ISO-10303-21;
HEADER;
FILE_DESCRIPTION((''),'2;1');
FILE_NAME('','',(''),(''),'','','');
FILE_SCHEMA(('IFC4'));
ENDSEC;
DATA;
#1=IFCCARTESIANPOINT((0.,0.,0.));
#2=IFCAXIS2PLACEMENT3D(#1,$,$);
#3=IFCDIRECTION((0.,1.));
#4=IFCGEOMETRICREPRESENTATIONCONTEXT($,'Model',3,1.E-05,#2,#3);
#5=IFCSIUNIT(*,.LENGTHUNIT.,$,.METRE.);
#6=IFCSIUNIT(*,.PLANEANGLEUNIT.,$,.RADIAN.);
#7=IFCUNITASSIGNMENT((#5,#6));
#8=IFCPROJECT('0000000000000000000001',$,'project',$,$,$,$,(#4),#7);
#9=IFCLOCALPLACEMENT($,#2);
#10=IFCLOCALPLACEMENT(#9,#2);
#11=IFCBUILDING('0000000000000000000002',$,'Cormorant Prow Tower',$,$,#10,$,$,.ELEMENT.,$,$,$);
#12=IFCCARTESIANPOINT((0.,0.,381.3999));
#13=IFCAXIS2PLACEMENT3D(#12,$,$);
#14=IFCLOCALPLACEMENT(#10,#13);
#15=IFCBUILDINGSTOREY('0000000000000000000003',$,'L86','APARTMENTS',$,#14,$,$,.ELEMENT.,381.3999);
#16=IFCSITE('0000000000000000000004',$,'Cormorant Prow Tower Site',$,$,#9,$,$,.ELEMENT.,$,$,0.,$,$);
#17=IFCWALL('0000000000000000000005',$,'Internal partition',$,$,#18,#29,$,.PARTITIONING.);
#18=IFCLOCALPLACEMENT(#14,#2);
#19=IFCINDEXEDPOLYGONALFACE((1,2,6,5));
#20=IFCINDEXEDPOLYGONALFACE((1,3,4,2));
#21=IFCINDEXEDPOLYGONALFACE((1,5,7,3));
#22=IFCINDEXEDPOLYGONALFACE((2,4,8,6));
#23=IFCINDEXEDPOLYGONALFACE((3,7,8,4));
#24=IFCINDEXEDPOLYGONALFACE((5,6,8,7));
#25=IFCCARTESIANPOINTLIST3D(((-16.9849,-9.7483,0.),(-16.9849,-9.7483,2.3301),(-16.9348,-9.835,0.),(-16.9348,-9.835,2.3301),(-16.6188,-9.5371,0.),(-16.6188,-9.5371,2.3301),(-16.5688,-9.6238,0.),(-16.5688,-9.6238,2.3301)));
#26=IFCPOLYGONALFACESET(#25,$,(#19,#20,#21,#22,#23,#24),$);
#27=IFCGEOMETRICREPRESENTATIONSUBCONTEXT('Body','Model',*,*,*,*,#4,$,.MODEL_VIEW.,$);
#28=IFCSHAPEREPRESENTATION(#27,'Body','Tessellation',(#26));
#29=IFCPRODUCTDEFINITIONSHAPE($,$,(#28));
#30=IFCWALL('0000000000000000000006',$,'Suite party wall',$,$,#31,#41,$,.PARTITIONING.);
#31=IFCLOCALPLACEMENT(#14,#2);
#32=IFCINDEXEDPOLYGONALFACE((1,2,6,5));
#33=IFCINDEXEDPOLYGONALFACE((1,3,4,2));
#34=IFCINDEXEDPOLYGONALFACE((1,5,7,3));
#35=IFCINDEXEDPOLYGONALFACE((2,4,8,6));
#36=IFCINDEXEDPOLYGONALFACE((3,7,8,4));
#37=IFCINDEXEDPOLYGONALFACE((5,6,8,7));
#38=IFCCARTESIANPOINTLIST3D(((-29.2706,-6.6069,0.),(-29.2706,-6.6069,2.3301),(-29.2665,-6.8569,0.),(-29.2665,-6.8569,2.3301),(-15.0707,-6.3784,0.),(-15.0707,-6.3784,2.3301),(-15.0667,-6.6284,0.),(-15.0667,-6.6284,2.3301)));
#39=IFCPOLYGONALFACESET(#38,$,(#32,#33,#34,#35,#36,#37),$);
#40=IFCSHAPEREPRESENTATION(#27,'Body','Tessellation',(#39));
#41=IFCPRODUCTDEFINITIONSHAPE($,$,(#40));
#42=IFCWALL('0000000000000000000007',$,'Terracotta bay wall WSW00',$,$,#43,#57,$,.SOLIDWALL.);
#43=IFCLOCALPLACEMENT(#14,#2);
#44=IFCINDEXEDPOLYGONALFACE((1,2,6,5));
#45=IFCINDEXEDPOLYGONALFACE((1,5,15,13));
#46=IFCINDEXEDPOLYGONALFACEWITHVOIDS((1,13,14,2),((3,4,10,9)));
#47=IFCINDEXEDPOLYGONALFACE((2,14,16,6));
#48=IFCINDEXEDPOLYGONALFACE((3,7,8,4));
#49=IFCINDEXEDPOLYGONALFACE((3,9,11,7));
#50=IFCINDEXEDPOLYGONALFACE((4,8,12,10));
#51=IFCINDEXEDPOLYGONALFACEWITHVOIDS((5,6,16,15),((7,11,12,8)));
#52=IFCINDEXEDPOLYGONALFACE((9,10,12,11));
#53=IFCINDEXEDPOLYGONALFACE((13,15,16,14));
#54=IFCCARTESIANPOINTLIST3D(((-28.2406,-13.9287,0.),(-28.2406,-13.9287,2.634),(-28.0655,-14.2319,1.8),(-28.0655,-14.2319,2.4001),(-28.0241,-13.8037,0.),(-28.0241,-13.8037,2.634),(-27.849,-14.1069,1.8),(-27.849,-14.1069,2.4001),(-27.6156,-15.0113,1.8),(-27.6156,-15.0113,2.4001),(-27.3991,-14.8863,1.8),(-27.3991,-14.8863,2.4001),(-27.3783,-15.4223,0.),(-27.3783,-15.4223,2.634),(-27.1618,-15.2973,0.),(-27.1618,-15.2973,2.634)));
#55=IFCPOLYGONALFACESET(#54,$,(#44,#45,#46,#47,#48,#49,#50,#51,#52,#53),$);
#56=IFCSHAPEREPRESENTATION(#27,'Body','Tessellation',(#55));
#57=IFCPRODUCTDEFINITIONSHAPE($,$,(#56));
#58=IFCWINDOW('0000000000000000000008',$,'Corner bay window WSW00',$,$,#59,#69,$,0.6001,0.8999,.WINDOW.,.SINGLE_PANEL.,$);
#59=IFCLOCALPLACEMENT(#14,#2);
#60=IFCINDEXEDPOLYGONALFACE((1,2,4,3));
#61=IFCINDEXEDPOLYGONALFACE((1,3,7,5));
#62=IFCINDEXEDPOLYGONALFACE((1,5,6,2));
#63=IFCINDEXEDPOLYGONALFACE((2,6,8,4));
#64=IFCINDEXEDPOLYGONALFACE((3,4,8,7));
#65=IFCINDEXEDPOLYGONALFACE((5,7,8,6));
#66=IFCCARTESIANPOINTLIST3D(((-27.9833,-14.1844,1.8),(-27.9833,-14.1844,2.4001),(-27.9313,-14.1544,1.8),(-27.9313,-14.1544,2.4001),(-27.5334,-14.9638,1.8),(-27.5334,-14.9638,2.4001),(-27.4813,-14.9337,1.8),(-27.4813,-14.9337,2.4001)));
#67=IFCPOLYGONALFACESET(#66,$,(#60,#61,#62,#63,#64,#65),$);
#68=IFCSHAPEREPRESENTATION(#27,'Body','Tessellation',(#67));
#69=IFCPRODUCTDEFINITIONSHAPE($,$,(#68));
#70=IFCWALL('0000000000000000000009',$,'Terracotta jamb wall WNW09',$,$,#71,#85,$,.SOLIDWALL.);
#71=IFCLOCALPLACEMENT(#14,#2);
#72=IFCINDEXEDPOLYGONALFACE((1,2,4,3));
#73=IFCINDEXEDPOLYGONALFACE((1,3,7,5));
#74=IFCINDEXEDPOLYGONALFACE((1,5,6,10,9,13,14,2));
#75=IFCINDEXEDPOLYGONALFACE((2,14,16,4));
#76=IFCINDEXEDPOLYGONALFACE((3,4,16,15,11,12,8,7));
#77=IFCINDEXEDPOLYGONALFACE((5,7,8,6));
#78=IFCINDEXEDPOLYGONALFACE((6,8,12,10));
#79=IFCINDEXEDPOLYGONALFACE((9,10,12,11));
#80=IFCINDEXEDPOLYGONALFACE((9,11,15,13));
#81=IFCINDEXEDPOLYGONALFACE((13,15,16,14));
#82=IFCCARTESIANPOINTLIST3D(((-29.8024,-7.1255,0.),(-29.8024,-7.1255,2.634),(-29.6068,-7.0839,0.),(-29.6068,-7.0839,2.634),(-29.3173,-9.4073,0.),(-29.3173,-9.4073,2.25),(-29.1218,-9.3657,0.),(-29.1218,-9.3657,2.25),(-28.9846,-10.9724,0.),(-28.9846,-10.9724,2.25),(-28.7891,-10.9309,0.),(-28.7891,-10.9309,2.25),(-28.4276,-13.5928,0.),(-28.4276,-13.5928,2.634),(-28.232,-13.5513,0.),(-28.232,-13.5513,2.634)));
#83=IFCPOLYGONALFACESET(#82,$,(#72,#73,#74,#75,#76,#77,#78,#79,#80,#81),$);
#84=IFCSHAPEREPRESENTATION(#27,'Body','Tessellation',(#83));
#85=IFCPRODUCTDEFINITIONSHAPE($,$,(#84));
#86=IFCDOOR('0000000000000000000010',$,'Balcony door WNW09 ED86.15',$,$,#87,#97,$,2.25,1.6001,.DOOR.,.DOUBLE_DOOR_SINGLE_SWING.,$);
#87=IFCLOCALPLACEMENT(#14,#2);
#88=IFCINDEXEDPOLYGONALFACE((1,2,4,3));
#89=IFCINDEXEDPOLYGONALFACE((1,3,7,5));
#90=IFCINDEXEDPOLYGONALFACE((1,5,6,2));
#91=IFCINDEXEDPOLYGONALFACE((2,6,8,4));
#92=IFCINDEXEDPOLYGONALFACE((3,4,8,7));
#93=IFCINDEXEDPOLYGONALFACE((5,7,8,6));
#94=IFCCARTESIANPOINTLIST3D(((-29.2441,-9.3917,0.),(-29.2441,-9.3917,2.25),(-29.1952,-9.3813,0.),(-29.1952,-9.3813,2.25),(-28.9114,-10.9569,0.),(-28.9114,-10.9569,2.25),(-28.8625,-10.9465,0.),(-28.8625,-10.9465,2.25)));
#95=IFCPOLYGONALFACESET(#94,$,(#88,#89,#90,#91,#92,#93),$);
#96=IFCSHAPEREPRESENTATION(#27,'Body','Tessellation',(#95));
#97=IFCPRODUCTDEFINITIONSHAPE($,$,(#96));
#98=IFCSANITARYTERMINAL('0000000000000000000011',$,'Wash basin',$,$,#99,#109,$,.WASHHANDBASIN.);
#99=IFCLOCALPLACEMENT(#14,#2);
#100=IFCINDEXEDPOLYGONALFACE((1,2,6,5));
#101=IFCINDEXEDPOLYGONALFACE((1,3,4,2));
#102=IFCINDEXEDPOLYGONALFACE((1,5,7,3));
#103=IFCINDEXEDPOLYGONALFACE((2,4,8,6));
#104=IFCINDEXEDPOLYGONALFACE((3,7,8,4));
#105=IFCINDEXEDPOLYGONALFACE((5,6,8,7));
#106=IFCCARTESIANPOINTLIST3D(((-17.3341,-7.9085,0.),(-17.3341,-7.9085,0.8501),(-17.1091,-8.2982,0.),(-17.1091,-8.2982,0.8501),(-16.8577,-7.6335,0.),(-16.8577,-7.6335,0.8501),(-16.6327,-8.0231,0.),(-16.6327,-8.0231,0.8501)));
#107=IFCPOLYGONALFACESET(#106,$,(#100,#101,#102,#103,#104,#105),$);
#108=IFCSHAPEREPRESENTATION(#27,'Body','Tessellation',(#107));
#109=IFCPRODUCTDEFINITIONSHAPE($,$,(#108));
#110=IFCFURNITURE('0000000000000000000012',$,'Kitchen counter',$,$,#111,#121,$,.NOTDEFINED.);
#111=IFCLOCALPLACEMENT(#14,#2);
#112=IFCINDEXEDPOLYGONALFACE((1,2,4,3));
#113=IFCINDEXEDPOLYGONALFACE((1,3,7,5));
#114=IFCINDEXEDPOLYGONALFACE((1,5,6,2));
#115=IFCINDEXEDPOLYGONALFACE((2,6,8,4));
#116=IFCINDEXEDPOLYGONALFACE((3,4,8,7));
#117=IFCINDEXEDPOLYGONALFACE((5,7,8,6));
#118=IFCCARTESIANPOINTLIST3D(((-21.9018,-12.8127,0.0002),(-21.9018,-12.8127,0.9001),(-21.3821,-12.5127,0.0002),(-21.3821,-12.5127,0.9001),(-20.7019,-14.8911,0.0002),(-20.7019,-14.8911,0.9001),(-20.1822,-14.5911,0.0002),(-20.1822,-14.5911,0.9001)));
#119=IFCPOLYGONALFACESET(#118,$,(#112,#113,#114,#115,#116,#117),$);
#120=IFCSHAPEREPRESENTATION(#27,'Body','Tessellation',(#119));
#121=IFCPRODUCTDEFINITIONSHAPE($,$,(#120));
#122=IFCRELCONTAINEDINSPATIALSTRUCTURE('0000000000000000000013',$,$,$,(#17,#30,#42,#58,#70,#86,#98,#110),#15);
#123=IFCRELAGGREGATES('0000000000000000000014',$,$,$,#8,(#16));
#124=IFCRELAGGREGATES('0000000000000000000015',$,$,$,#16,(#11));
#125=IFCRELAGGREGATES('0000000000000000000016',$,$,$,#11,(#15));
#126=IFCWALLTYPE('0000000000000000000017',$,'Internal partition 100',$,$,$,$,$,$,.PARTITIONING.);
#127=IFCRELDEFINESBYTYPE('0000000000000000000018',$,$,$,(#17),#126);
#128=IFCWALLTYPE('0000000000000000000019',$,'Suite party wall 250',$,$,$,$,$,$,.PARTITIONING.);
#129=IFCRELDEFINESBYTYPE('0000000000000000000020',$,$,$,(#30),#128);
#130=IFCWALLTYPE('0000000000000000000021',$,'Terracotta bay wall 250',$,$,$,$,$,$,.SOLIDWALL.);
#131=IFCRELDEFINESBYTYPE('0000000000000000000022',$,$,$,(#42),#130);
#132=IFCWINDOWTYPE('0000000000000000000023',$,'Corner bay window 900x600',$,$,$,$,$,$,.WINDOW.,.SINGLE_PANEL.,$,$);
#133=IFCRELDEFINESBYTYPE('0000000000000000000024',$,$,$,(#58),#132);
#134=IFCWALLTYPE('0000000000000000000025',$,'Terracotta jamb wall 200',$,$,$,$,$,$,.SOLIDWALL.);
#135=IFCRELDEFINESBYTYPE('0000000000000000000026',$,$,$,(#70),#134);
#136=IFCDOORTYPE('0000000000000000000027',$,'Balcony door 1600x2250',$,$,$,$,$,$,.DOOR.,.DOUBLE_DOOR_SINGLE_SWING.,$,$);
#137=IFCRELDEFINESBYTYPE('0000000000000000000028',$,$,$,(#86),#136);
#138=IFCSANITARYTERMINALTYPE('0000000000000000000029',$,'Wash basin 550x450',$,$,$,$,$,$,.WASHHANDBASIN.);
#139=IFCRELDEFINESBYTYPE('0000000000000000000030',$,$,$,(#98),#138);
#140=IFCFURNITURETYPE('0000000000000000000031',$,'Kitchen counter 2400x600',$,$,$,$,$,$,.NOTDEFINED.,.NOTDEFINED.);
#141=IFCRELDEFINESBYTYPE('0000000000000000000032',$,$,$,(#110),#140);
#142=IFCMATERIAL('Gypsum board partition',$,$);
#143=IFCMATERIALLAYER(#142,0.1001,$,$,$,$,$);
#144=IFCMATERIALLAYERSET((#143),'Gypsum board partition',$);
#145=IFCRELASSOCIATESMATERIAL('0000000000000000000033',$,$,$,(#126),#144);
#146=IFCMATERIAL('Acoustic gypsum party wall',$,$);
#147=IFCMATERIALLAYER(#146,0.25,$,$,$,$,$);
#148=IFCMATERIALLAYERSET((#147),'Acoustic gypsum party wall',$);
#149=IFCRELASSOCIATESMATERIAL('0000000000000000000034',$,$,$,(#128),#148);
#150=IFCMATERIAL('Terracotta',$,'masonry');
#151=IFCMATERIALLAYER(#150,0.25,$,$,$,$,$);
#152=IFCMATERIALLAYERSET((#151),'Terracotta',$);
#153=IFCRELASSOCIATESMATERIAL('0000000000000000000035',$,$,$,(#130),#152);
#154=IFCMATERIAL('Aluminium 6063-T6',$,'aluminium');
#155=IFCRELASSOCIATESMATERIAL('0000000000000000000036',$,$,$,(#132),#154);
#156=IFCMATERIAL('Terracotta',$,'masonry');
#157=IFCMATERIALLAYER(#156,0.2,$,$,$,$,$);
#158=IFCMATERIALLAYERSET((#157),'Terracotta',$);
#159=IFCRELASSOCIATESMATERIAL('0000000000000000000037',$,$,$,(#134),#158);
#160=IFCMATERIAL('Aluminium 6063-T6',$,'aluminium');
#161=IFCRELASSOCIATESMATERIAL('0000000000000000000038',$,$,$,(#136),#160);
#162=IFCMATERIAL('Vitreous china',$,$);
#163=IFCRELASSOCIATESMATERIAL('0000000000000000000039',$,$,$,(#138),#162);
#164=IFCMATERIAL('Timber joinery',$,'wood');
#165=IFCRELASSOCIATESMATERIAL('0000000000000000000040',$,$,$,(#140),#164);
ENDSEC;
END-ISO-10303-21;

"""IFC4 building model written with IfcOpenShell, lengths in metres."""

from ifc_helpers import new_model, si_unit, direction, frame, frame_2d, origin, origin_2d, place, context, subcontext, project, spatial, rectangle, extrude, material, layer, layer_set, type_object, element, fill, save


model = new_model("IFC4")

# Units and contexts
model_context = context("Model", 3, precision=1e-05, world=origin(), true_north=direction((0.0, 1.0)))
body_context = subcontext(model_context, "Body", "Model", "MODEL_VIEW")
ifc_project = project(units=[si_unit("LENGTHUNIT", "METRE"), si_unit("PLANEANGLEUNIT", "RADIAN")], contexts=[model_context])

# Site, building, storey
site_placement = place(None, origin())
site = spatial("IfcSite", under=ifc_project, at=site_placement, Name="Cormorant Prow Tower Site", CompositionType="ELEMENT", RefElevation=0.0)
building_placement = place(site_placement, origin())
building = spatial("IfcBuilding", under=site, at=building_placement, Name="Cormorant Prow Tower", CompositionType="ELEMENT")
storey_placement = place(building_placement, frame((0.0, 0.0, 381.3999)))
storey = spatial("IfcBuildingStorey", under=building, at=storey_placement, Name="L86", Description="APARTMENTS", CompositionType="ELEMENT", Elevation=381.3999)

# Shared definitions
ifc_material_1 = material(Name="Gypsum board partition")
ifc_layer_1 = layer(ifc_material_1, 0.1001)
ifc_layer_set_1 = layer_set([ifc_layer_1], Name="Gypsum board partition")
wall_type_1 = type_object("IfcWallType", Name="Internal partition 100", PredefinedType="PARTITIONING", material=ifc_layer_set_1)

# Walls
wall_1_placement = place(storey_placement, frame((-16.96, -9.7917, 0.0), z_axis=(0.0, 0.0, 1.0), x_axis=(0.866137, 0.499806, 0.0)))
element("IfcWall", 1, at=wall_1_placement, inside=storey, type_object=wall_type_1, Name="Internal partition", PredefinedType="PARTITIONING", context=body_context, shape_type="SweptSolid", body=[
    extrude(rectangle(XDim=0.4226, YDim=0.1001, at=frame_2d((0.2114, 0.0))), origin(), (0.0, 0.0, 1.0), 2.3301),
])
ifc_material_2 = material(Name="Acoustic gypsum party wall")
ifc_layer_2 = layer(ifc_material_2, 0.25)
ifc_layer_set_2 = layer_set([ifc_layer_2], Name="Acoustic gypsum party wall")
wall_type_2 = type_object("IfcWallType", Name="Suite party wall 250", PredefinedType="PARTITIONING", material=ifc_layer_set_2)
wall_2_placement = place(storey_placement, frame((-29.2686, -6.7319, 0.0), z_axis=(0.0, 0.0, 1.0), x_axis=(0.999871, 0.016091, 0.0)))
element("IfcWall", 2, at=wall_2_placement, inside=storey, type_object=wall_type_2, Name="Suite party wall", PredefinedType="PARTITIONING", context=body_context, shape_type="SweptSolid", body=[
    extrude(rectangle(XDim=14.2017, YDim=0.25, at=frame_2d((7.1008, 0.0))), origin(), (0.0, 0.0, 1.0), 2.3301),
])

# Wall, opening, window
ifc_material_3 = material(Name="Terracotta", Category="masonry")
ifc_layer_3 = layer(ifc_material_3, 0.25)
ifc_layer_set_3 = layer_set([ifc_layer_3], Name="Terracotta")
wall_type_3 = type_object("IfcWallType", Name="Terracotta bay wall 250", PredefinedType="SOLIDWALL", material=ifc_layer_set_3)
wall_3_placement = place(storey_placement, frame((-28.1323, -13.8662, 0.0), z_axis=(0.0, 0.0, 1.0), x_axis=(0.499976, -0.866039, 0.0)))
wall_3 = element("IfcWall", 3, at=wall_3_placement, inside=storey, type_object=wall_type_3, Name="Terracotta bay wall WSW00", PredefinedType="SOLIDWALL", context=body_context, shape_type="SweptSolid", body=[
    extrude(rectangle(XDim=1.7246, YDim=0.25, at=frame_2d((0.8623, 0.0))), origin(), (0.0, 0.0, 1.0), 2.634),
])
opening_1_placement = place(wall_3_placement, frame((0.3501, 0.0, 1.8)))
opening_1 = element("IfcOpeningElement", 4, at=opening_1_placement, cuts=wall_3, PredefinedType="OPENING", context=body_context, shape_type="SweptSolid", body=[
    extrude(rectangle(XDim=0.8999, YDim=0.6001, at=frame_2d((0.45, 0.3))), frame((0.0, 0.135, 0.0), z_axis=(0.0, -1.0, 0.0), x_axis=(1.0, 0.0, 0.0)), (0.0, 0.0, 1.0), 0.27),
])
ifc_material_4 = material(Name="Aluminium 6063-T6", Category="aluminium")
window_type = type_object("IfcWindowType", Name="Corner bay window 900x600", PartitioningType="SINGLE_PANEL", PredefinedType="WINDOW", material=ifc_material_4)
window_placement = place(opening_1_placement, origin())
window = element("IfcWindow", 5, at=window_placement, inside=storey, type_object=window_type, Name="Corner bay window WSW00", OverallHeight=0.6001, OverallWidth=0.8999, PartitioningType="SINGLE_PANEL", PredefinedType="WINDOW", context=body_context, shape_type="SweptSolid", body=[
    extrude(rectangle(XDim=0.8999, YDim=0.6001, at=frame_2d((0.45, 0.3))), frame((0.0, 0.03, 0.0), z_axis=(0.0, -1.0, 0.0), x_axis=(1.0, 0.0, 0.0)), (0.0, 0.0, 1.0), 0.0601),
])
fill(opening_1, window)

# Wall, opening, door
ifc_material_5 = material(Name="Terracotta", Category="masonry")
ifc_layer_4 = layer(ifc_material_5, 0.2)
ifc_layer_set_4 = layer_set([ifc_layer_4], Name="Terracotta")
wall_type_4 = type_object("IfcWallType", Name="Terracotta jamb wall 200", PredefinedType="SOLIDWALL", material=ifc_layer_set_4)
wall_4_placement = place(storey_placement, frame((-29.7046, -7.1047, 0.0), z_axis=(0.0, 0.0, 1.0), x_axis=(0.207925, -0.978145, 0.0)))
wall_4 = element("IfcWall", 6, at=wall_4_placement, inside=storey, type_object=wall_type_4, Name="Terracotta jamb wall WNW09", PredefinedType="SOLIDWALL", context=body_context, shape_type="SweptSolid", body=[
    extrude(rectangle(XDim=6.6118, YDim=0.2, at=frame_2d((3.3059, 0.0))), origin(), (0.0, 0.0, 1.0), 2.634),
])
opening_2_placement = place(wall_4_placement, frame((2.3328, 0.0, 0.0)))
opening_2 = element("IfcOpeningElement", 7, at=opening_2_placement, cuts=wall_4, PredefinedType="OPENING", context=body_context, shape_type="SweptSolid", body=[
    extrude(rectangle(XDim=1.6001, YDim=2.25, at=frame_2d((0.8, 1.125))), frame((0.0, 0.1099, 0.0), z_axis=(0.0, -1.0, 0.0), x_axis=(1.0, 0.0, 0.0)), (0.0, 0.0, 1.0), 0.22),
])
ifc_material_6 = material(Name="Aluminium 6063-T6", Category="aluminium")
door_type_1 = type_object("IfcDoorType", Name="Balcony door 1600x2250", OperationType="DOUBLE_DOOR_SINGLE_SWING", PredefinedType="DOOR", material=ifc_material_6)
door_1_placement = place(opening_2_placement, origin())
door_1 = element("IfcDoor", 8, at=door_1_placement, inside=storey, type_object=door_type_1, Name="Balcony door WNW09 ED86.15", OperationType="DOUBLE_DOOR_SINGLE_SWING", OverallHeight=2.25, OverallWidth=1.6001, PredefinedType="DOOR", context=body_context, shape_type="SweptSolid", body=[
    extrude(rectangle(XDim=1.6001, YDim=2.25, at=frame_2d((0.8, 1.125))), frame((0.0, 0.0249, 0.0), z_axis=(0.0, -1.0, 0.0), x_axis=(1.0, 0.0, 0.0)), (0.0, 0.0, 1.0), 0.05),
])
fill(opening_2, door_1)

# Sanitary terminal
ifc_material_7 = material(Name="Vitreous china")
sanitary_terminal_type = type_object("IfcSanitaryTerminalType", Name="Wash basin 550x450", PredefinedType="WASHHANDBASIN", material=ifc_material_7)
sanitary_terminal_placement = place(storey_placement, frame((-16.9834, -7.9658, 0.0), z_axis=(0.0, 0.0, 1.0), x_axis=(0.866025, 0.5, 0.0)))
element("IfcSanitaryTerminal", 9, at=sanitary_terminal_placement, inside=storey, type_object=sanitary_terminal_type, Name="Wash basin", PredefinedType="WASHHANDBASIN", context=body_context, shape_type="SweptSolid", body=[
    extrude(rectangle(XDim=0.55, YDim=0.45, at=origin_2d()), origin(), (0.0, 0.0, 1.0), 0.8501),
])

# Furniture
ifc_material_8 = material(Name="Timber joinery", Category="wood")
furniture_type = type_object("IfcFurnitureType", Name="Kitchen counter 2400x600", AssemblyPlace="NOTDEFINED", PredefinedType="NOTDEFINED", material=ifc_material_8)
furniture_placement = place(storey_placement, frame((-21.042, -13.7019, 0.0002), z_axis=(0.0, 0.0, 1.0), x_axis=(0.5, -0.866025, 0.0)))
element("IfcFurniture", 10, at=furniture_placement, inside=storey, type_object=furniture_type, Name="Kitchen counter", PredefinedType="NOTDEFINED", context=body_context, shape_type="SweptSolid", body=[
    extrude(rectangle(XDim=2.3999, YDim=0.6001, at=origin_2d()), origin(), (0.0, 0.0, 1.0), 0.8999),
])

save(model, "model.ifc")
